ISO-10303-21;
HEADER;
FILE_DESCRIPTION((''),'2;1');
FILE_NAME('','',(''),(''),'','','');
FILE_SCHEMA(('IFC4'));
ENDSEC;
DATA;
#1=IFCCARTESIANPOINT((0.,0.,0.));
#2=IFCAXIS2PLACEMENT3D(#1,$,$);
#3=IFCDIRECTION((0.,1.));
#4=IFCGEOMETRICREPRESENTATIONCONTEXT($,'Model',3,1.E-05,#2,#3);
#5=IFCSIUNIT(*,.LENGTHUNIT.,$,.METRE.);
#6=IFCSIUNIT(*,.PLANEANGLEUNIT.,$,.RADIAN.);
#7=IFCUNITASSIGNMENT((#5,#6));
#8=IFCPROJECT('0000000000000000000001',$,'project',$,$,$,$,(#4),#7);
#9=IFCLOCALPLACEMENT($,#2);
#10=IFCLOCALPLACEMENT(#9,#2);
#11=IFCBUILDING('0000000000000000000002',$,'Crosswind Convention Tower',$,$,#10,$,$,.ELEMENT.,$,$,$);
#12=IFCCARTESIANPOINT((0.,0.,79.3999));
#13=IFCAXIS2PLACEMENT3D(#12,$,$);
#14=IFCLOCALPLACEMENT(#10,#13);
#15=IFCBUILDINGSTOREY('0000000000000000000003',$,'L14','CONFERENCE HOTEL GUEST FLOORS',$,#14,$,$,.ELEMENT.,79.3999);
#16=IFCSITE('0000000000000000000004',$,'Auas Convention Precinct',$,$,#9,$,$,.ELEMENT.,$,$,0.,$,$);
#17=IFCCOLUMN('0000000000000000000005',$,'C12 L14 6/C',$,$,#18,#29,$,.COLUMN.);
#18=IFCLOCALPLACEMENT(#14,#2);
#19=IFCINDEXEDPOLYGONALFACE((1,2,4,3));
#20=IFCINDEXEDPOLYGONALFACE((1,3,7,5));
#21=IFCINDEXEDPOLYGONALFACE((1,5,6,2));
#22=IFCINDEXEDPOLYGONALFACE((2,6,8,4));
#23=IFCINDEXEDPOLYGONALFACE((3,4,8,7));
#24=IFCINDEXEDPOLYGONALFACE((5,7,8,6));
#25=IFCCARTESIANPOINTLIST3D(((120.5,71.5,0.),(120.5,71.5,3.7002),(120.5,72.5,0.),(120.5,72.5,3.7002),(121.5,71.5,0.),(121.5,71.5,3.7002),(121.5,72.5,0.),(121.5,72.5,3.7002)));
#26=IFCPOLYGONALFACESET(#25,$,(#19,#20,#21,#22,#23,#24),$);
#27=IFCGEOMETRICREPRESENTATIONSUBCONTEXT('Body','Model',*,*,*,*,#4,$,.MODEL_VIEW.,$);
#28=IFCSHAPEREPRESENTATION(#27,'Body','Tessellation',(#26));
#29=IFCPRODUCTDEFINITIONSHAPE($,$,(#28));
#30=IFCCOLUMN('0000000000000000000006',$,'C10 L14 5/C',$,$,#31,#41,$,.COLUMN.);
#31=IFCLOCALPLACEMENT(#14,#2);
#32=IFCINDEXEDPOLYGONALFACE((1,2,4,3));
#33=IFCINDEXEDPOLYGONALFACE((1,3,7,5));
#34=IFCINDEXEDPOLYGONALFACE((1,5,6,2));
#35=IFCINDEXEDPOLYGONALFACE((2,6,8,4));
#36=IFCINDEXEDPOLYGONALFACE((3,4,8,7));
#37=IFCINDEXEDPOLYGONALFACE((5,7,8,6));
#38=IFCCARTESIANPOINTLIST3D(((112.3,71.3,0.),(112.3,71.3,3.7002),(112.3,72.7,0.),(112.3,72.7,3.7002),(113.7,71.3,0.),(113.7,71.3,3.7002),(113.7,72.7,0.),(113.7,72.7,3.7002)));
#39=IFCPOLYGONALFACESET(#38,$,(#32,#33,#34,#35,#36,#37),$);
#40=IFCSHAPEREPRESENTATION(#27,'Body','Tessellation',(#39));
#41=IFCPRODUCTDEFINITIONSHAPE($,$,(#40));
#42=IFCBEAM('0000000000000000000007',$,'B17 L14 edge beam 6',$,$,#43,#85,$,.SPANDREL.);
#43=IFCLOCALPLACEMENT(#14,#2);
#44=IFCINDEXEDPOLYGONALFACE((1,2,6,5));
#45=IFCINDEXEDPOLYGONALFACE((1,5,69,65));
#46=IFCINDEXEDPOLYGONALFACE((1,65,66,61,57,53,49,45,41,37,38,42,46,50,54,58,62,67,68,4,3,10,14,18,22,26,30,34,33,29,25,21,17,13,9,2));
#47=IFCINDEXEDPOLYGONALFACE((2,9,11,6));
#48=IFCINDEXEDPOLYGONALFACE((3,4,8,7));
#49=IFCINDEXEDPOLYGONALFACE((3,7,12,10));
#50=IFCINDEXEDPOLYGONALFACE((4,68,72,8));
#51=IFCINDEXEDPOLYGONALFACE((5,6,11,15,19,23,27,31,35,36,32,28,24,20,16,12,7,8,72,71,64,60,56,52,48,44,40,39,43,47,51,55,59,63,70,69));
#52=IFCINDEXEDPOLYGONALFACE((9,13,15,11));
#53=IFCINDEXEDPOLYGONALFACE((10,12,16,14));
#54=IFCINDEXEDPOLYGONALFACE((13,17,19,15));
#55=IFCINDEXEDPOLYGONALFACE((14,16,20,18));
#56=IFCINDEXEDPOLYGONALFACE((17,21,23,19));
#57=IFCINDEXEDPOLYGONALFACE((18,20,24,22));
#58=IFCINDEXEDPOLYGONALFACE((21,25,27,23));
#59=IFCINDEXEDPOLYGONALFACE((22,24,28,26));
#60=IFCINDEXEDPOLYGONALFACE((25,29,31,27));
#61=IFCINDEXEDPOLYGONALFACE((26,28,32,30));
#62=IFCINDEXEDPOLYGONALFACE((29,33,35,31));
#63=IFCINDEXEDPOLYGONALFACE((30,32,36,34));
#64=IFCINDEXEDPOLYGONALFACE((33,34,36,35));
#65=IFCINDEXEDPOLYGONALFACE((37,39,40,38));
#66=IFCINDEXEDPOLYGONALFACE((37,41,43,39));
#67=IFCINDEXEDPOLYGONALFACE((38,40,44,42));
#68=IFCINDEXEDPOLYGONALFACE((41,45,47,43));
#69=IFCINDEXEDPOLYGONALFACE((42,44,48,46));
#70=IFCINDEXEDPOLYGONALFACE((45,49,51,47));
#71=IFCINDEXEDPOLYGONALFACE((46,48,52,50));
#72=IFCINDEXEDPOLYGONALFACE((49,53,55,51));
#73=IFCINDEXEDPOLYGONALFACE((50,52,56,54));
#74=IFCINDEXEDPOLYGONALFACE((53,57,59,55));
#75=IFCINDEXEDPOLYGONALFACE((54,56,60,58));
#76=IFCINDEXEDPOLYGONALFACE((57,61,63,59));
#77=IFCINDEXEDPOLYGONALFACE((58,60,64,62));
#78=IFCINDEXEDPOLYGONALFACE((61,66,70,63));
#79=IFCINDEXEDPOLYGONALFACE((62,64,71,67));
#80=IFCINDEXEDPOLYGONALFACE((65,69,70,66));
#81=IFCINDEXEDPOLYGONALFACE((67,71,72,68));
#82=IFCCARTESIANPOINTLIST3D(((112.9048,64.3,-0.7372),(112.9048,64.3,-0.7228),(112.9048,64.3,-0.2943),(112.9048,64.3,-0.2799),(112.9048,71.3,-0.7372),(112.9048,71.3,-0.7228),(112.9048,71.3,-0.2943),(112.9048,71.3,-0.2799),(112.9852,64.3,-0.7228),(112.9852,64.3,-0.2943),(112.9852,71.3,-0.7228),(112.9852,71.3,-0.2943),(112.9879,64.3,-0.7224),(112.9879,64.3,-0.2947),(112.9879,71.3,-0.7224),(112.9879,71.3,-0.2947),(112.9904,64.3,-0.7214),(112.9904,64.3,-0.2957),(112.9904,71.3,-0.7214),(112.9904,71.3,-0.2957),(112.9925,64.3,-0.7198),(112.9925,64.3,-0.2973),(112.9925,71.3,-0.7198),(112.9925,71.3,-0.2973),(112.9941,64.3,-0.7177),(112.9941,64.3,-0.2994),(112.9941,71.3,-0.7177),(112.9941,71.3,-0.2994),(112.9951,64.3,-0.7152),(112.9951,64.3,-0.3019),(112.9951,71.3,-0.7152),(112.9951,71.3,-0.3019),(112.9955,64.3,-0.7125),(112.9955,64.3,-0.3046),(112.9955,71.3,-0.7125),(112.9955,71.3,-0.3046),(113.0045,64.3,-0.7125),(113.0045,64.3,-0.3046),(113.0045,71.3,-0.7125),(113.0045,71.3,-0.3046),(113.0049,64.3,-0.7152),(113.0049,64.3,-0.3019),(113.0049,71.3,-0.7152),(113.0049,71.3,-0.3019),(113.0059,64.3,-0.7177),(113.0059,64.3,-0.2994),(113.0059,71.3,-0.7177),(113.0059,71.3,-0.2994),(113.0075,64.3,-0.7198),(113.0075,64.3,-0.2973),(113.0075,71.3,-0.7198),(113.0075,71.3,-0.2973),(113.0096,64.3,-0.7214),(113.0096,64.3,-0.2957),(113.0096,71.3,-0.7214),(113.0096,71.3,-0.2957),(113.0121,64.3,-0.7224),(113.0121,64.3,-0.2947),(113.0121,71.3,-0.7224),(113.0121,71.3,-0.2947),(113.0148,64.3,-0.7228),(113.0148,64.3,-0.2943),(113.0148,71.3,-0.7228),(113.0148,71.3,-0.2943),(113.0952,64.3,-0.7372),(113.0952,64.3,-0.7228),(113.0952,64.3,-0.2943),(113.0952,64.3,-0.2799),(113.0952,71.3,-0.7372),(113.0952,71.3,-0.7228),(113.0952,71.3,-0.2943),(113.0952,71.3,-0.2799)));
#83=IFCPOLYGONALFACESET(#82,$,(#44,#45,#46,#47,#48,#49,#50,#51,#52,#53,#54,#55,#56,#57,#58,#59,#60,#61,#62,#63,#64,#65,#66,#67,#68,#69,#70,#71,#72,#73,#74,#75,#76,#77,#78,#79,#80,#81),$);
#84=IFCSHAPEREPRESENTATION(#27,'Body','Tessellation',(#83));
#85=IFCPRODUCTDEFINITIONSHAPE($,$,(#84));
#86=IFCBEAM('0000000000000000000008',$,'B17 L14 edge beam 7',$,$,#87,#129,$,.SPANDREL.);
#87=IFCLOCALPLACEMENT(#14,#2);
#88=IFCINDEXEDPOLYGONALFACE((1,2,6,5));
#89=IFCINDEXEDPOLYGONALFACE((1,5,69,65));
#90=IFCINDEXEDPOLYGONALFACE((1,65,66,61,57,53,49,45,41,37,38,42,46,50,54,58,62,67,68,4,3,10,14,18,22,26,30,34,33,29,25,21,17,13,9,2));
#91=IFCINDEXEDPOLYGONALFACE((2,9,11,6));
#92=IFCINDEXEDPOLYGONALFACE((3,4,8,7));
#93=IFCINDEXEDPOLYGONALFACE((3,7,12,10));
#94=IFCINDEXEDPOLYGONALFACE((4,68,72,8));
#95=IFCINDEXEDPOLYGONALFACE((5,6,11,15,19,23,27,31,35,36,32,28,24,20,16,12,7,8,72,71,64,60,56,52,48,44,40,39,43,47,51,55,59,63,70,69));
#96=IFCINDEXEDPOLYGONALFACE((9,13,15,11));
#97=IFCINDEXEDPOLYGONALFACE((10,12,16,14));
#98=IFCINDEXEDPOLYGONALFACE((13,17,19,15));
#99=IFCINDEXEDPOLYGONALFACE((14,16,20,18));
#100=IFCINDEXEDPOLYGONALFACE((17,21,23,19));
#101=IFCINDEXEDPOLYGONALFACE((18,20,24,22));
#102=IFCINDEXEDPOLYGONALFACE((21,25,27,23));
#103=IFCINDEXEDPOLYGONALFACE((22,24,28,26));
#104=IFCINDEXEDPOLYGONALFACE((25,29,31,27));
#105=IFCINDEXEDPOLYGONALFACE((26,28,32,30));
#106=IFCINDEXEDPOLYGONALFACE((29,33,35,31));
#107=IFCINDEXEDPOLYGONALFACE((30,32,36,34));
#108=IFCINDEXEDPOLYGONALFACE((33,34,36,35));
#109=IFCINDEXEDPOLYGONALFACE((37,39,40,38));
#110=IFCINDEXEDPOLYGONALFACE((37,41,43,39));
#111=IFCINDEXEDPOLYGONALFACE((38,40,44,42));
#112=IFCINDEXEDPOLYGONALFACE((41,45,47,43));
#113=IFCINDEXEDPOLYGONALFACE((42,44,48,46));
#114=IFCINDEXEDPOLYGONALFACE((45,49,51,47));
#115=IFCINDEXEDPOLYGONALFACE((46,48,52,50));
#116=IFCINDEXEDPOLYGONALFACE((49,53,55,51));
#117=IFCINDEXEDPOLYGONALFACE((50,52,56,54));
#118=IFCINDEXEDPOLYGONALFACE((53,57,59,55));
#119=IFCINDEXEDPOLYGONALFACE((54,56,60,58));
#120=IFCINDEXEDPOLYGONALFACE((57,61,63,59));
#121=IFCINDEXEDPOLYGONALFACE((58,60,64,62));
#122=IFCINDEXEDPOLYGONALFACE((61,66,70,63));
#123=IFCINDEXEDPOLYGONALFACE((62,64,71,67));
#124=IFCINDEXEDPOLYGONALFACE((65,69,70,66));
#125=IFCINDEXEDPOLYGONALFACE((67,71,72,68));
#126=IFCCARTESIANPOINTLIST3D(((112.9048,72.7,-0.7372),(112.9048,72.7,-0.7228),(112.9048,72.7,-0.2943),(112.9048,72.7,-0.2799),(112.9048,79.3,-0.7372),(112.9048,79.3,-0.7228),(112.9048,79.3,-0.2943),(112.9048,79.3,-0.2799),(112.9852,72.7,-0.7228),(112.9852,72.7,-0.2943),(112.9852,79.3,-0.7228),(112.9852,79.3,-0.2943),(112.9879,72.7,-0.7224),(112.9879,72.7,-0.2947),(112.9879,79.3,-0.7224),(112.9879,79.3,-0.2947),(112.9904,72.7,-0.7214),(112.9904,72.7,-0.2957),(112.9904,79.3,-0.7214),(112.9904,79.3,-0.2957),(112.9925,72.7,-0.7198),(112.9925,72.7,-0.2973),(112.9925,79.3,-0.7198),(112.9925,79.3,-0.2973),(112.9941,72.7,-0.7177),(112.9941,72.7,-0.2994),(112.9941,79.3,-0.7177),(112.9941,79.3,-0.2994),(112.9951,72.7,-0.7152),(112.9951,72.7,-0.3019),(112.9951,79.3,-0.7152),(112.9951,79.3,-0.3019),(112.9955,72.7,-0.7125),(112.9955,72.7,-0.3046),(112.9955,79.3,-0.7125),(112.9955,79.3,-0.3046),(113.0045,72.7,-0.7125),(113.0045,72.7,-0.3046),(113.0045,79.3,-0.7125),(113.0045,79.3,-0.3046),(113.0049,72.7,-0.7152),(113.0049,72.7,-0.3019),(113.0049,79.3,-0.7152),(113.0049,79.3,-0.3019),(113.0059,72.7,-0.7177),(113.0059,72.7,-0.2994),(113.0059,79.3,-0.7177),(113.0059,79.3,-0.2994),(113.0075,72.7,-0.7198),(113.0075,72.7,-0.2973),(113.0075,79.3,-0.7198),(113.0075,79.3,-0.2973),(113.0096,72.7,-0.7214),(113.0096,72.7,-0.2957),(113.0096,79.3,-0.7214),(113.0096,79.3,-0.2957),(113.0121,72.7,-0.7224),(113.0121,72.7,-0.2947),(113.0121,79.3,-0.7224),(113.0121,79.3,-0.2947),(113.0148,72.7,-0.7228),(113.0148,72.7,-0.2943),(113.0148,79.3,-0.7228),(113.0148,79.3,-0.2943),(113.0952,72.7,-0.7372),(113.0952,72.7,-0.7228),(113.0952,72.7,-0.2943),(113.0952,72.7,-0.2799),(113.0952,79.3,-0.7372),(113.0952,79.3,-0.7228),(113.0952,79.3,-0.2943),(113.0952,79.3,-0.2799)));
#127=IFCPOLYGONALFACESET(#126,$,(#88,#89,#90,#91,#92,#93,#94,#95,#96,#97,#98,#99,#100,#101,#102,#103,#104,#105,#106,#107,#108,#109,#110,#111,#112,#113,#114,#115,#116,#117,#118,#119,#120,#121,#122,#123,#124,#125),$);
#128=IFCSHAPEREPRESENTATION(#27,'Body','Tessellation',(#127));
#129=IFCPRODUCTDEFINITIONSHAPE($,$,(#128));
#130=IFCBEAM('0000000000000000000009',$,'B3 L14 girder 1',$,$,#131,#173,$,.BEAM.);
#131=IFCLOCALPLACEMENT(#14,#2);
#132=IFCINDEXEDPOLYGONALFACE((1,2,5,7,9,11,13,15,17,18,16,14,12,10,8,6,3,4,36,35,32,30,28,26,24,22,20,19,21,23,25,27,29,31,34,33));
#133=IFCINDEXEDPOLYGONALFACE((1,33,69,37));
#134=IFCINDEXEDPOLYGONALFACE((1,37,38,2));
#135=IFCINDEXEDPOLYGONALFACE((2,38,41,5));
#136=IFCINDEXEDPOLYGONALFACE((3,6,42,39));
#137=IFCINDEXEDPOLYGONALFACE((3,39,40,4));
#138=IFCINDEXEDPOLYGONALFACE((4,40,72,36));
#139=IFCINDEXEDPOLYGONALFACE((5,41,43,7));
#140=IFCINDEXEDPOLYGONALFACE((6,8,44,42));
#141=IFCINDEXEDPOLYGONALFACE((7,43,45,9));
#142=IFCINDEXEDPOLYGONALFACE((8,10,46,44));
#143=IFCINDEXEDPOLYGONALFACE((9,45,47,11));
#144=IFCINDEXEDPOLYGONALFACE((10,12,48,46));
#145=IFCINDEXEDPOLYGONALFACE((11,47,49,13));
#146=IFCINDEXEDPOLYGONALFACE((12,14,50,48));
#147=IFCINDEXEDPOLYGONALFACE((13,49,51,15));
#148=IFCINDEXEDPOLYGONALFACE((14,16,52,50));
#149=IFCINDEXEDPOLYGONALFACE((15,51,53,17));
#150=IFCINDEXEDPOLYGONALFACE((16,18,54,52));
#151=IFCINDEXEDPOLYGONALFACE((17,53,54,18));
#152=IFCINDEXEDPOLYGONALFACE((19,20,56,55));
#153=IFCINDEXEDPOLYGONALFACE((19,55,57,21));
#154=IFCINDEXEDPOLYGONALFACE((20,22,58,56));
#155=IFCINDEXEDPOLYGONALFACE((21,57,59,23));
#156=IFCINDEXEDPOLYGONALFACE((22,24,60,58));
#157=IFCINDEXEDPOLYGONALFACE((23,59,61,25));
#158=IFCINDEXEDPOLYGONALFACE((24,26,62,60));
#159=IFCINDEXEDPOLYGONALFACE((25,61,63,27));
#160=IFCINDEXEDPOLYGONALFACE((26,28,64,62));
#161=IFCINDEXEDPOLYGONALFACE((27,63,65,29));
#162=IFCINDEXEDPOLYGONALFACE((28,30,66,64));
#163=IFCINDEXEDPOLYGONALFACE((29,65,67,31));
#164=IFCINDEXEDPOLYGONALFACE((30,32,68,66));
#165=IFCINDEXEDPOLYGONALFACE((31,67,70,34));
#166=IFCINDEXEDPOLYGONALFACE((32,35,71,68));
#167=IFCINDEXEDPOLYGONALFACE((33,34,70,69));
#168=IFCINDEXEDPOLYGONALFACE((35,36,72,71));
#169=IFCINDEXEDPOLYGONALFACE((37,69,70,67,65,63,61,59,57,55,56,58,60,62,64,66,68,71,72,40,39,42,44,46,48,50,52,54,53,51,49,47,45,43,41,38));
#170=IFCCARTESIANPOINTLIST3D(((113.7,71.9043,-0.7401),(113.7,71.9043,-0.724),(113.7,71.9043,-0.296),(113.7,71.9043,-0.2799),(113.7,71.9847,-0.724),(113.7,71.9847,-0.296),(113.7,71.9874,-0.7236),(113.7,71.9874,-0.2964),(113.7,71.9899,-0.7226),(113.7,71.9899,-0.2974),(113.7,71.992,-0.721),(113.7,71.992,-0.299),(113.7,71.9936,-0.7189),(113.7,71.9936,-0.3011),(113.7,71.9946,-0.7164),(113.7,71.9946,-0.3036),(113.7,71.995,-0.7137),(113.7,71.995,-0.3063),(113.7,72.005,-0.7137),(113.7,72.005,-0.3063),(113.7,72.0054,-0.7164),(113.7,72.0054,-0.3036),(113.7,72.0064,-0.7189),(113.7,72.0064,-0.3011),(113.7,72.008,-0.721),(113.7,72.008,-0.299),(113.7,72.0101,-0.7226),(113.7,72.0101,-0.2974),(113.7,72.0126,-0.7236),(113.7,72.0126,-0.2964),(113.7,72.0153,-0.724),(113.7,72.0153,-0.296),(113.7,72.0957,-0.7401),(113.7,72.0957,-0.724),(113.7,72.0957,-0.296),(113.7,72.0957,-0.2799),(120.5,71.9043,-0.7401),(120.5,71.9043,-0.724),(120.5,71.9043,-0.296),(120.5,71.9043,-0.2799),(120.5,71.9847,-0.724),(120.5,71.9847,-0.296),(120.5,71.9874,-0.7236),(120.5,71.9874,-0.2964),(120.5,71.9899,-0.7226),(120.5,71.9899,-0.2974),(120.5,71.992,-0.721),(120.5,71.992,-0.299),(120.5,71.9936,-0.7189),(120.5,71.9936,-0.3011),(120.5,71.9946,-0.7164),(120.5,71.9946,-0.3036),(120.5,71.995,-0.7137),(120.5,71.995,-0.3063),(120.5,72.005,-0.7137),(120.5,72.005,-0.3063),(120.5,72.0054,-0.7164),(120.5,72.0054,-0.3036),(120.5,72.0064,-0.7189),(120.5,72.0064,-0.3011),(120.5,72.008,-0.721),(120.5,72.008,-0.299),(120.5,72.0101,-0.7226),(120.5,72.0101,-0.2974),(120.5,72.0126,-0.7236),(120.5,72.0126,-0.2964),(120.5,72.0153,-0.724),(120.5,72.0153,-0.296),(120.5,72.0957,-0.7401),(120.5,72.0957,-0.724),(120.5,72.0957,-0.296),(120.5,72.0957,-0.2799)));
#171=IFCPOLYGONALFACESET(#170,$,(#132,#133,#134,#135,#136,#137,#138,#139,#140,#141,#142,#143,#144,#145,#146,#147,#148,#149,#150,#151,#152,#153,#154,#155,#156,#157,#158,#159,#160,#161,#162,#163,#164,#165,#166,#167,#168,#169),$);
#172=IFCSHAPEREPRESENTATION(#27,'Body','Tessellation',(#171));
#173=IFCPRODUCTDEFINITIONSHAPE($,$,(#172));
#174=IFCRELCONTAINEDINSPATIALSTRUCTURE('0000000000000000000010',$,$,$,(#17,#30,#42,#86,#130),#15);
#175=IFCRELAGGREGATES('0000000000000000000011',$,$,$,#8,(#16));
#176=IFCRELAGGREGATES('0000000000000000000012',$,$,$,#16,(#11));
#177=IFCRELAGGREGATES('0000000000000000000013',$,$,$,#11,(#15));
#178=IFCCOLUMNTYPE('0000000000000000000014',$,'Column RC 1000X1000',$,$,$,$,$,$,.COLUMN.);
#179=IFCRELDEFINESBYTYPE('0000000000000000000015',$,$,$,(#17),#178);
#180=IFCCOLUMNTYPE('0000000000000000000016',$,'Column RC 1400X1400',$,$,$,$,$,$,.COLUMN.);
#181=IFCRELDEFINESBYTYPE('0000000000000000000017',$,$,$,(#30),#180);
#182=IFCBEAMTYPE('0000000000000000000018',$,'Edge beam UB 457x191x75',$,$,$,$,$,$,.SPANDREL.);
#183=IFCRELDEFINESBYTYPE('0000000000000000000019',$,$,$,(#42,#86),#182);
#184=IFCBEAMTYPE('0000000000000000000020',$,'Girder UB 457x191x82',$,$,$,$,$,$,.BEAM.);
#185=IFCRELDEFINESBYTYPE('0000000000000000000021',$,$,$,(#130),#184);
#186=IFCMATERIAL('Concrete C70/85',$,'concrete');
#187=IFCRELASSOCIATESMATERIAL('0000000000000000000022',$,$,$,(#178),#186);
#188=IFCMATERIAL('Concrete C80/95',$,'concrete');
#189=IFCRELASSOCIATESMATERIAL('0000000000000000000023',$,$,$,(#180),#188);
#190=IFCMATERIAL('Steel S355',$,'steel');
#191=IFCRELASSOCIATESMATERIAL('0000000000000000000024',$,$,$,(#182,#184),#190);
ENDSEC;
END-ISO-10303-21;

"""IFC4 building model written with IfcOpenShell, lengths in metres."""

from ifc_helpers import new_model, si_unit, direction, frame, origin, origin_2d, place, context, subcontext, project, spatial, rectangle, i_section, extrude, material, material_profile, profile_set, type_object, element, save


model = new_model("IFC4")

# Units and contexts
model_context = context("Model", 3, precision=1e-05, world=origin(), true_north=direction((0.0, 1.0)))
body_context = subcontext(model_context, "Body", "Model", "MODEL_VIEW")
ifc_project = project(units=[si_unit("LENGTHUNIT", "METRE"), si_unit("PLANEANGLEUNIT", "RADIAN")], contexts=[model_context])

# Site, building, storey
site_placement = place(None, origin())
site = spatial("IfcSite", under=ifc_project, at=site_placement, Name="Auas Convention Precinct", CompositionType="ELEMENT", RefElevation=0.0)
building_placement = place(site_placement, origin())
building = spatial("IfcBuilding", under=site, at=building_placement, Name="Crosswind Convention Tower", CompositionType="ELEMENT")
storey_placement = place(building_placement, frame((0.0, 0.0, 79.3999)))
storey = spatial("IfcBuildingStorey", under=building, at=storey_placement, Name="L14", Description="CONFERENCE HOTEL GUEST FLOORS", CompositionType="ELEMENT", Elevation=79.3999)

# Columns
ifc_material_1 = material(Name="Concrete C70/85", Category="concrete")
ifc_material_profile_1 = material_profile(ifc_material_1, rectangle(XDim=1.0, YDim=1.0, at=origin_2d()), Name="RC 1000X1000")
ifc_profile_set_1 = profile_set([ifc_material_profile_1], Name="Concrete C70/85")
column_type_1 = type_object("IfcColumnType", Name="Column RC 1000X1000", PredefinedType="COLUMN", material=ifc_profile_set_1)
column_1_placement = place(storey_placement, frame((121.0, 72.0, 0.0), z_axis=(0.0, 0.0, 1.0), x_axis=(1.0, 0.0, 0.0)))
element("IfcColumn", 1, at=column_1_placement, inside=storey, type_object=column_type_1, Name="C12 L14 6/C", PredefinedType="COLUMN", context=body_context, shape_type="SweptSolid", body=[
    extrude(rectangle(XDim=1.0, YDim=1.0, at=origin_2d()), origin(), (0.0, 0.0, 1.0), 3.7002),
])
ifc_material_2 = material(Name="Concrete C80/95", Category="concrete")
ifc_material_profile_2 = material_profile(ifc_material_2, rectangle(XDim=1.3999, YDim=1.3999, at=origin_2d()), Name="RC 1400X1400")
ifc_profile_set_2 = profile_set([ifc_material_profile_2], Name="Concrete C80/95")
column_type_2 = type_object("IfcColumnType", Name="Column RC 1400X1400", PredefinedType="COLUMN", material=ifc_profile_set_2)
column_2_placement = place(storey_placement, frame((113.0, 72.0, 0.0), z_axis=(0.0, 0.0, 1.0), x_axis=(1.0, 0.0, 0.0)))
element("IfcColumn", 2, at=column_2_placement, inside=storey, type_object=column_type_2, Name="C10 L14 5/C", PredefinedType="COLUMN", context=body_context, shape_type="SweptSolid", body=[
    extrude(rectangle(XDim=1.3999, YDim=1.3999, at=origin_2d()), origin(), (0.0, 0.0, 1.0), 3.7002),
])

# Beams
ifc_material_3 = material(Name="Steel S355", Category="steel")
ifc_material_profile_3 = material_profile(ifc_material_3, i_section(OverallWidth=0.1904, OverallDepth=0.4573, WebThickness=0.009, FlangeThickness=0.0144, FilletRadius=0.0103, at=origin_2d()), Name="UB 457x191x75")
ifc_profile_set_3 = profile_set([ifc_material_profile_3], Name="Steel S355")
beam_type_1 = type_object("IfcBeamType", Name="Edge beam UB 457x191x75", PredefinedType="SPANDREL", material=ifc_profile_set_3)
beam_1_placement = place(storey_placement, frame((113.0, 64.3, -0.5085), z_axis=(0.0, 1.0, 0.0), x_axis=(-1.0, 0.0, 0.0)))
element("IfcBeam", 3, at=beam_1_placement, inside=storey, type_object=beam_type_1, Name="B17 L14 edge beam 6", PredefinedType="SPANDREL", context=body_context, shape_type="SweptSolid", body=[
    extrude(i_section(OverallWidth=0.1904, OverallDepth=0.4573, WebThickness=0.009, FlangeThickness=0.0144, FilletRadius=0.0103, at=origin_2d()), origin(), (0.0, 0.0, 1.0), 7.0),
])
beam_2_placement = place(storey_placement, frame((113.0, 72.7, -0.5085), z_axis=(0.0, 1.0, 0.0), x_axis=(-1.0, 0.0, 0.0)))
element("IfcBeam", 4, at=beam_2_placement, inside=storey, type_object=beam_type_1, Name="B17 L14 edge beam 7", PredefinedType="SPANDREL", context=body_context, shape_type="SweptSolid", body=[
    extrude(i_section(OverallWidth=0.1904, OverallDepth=0.4573, WebThickness=0.009, FlangeThickness=0.0144, FilletRadius=0.0103, at=origin_2d()), origin(), (0.0, 0.0, 1.0), 6.6001),
])
ifc_material_profile_4 = material_profile(ifc_material_3, i_section(OverallWidth=0.1914, OverallDepth=0.4602, WebThickness=0.01, FlangeThickness=0.0161, FilletRadius=0.0103, at=origin_2d()), Name="UB 457x191x82")
ifc_profile_set_4 = profile_set([ifc_material_profile_4], Name="Steel S355")
beam_type_2 = type_object("IfcBeamType", Name="Girder UB 457x191x82", PredefinedType="BEAM", material=ifc_profile_set_4)
beam_3_placement = place(storey_placement, frame((113.7, 72.0, -0.51), z_axis=(1.0, 0.0, 0.0), x_axis=(0.0, 1.0, 0.0)))
element("IfcBeam", 5, at=beam_3_placement, inside=storey, type_object=beam_type_2, Name="B3 L14 girder 1", PredefinedType="BEAM", context=body_context, shape_type="SweptSolid", body=[
    extrude(i_section(OverallWidth=0.1914, OverallDepth=0.4602, WebThickness=0.01, FlangeThickness=0.0161, FilletRadius=0.0103, at=origin_2d()), origin(), (0.0, 0.0, 1.0), 6.8),
])

save(model, "model.ifc")
